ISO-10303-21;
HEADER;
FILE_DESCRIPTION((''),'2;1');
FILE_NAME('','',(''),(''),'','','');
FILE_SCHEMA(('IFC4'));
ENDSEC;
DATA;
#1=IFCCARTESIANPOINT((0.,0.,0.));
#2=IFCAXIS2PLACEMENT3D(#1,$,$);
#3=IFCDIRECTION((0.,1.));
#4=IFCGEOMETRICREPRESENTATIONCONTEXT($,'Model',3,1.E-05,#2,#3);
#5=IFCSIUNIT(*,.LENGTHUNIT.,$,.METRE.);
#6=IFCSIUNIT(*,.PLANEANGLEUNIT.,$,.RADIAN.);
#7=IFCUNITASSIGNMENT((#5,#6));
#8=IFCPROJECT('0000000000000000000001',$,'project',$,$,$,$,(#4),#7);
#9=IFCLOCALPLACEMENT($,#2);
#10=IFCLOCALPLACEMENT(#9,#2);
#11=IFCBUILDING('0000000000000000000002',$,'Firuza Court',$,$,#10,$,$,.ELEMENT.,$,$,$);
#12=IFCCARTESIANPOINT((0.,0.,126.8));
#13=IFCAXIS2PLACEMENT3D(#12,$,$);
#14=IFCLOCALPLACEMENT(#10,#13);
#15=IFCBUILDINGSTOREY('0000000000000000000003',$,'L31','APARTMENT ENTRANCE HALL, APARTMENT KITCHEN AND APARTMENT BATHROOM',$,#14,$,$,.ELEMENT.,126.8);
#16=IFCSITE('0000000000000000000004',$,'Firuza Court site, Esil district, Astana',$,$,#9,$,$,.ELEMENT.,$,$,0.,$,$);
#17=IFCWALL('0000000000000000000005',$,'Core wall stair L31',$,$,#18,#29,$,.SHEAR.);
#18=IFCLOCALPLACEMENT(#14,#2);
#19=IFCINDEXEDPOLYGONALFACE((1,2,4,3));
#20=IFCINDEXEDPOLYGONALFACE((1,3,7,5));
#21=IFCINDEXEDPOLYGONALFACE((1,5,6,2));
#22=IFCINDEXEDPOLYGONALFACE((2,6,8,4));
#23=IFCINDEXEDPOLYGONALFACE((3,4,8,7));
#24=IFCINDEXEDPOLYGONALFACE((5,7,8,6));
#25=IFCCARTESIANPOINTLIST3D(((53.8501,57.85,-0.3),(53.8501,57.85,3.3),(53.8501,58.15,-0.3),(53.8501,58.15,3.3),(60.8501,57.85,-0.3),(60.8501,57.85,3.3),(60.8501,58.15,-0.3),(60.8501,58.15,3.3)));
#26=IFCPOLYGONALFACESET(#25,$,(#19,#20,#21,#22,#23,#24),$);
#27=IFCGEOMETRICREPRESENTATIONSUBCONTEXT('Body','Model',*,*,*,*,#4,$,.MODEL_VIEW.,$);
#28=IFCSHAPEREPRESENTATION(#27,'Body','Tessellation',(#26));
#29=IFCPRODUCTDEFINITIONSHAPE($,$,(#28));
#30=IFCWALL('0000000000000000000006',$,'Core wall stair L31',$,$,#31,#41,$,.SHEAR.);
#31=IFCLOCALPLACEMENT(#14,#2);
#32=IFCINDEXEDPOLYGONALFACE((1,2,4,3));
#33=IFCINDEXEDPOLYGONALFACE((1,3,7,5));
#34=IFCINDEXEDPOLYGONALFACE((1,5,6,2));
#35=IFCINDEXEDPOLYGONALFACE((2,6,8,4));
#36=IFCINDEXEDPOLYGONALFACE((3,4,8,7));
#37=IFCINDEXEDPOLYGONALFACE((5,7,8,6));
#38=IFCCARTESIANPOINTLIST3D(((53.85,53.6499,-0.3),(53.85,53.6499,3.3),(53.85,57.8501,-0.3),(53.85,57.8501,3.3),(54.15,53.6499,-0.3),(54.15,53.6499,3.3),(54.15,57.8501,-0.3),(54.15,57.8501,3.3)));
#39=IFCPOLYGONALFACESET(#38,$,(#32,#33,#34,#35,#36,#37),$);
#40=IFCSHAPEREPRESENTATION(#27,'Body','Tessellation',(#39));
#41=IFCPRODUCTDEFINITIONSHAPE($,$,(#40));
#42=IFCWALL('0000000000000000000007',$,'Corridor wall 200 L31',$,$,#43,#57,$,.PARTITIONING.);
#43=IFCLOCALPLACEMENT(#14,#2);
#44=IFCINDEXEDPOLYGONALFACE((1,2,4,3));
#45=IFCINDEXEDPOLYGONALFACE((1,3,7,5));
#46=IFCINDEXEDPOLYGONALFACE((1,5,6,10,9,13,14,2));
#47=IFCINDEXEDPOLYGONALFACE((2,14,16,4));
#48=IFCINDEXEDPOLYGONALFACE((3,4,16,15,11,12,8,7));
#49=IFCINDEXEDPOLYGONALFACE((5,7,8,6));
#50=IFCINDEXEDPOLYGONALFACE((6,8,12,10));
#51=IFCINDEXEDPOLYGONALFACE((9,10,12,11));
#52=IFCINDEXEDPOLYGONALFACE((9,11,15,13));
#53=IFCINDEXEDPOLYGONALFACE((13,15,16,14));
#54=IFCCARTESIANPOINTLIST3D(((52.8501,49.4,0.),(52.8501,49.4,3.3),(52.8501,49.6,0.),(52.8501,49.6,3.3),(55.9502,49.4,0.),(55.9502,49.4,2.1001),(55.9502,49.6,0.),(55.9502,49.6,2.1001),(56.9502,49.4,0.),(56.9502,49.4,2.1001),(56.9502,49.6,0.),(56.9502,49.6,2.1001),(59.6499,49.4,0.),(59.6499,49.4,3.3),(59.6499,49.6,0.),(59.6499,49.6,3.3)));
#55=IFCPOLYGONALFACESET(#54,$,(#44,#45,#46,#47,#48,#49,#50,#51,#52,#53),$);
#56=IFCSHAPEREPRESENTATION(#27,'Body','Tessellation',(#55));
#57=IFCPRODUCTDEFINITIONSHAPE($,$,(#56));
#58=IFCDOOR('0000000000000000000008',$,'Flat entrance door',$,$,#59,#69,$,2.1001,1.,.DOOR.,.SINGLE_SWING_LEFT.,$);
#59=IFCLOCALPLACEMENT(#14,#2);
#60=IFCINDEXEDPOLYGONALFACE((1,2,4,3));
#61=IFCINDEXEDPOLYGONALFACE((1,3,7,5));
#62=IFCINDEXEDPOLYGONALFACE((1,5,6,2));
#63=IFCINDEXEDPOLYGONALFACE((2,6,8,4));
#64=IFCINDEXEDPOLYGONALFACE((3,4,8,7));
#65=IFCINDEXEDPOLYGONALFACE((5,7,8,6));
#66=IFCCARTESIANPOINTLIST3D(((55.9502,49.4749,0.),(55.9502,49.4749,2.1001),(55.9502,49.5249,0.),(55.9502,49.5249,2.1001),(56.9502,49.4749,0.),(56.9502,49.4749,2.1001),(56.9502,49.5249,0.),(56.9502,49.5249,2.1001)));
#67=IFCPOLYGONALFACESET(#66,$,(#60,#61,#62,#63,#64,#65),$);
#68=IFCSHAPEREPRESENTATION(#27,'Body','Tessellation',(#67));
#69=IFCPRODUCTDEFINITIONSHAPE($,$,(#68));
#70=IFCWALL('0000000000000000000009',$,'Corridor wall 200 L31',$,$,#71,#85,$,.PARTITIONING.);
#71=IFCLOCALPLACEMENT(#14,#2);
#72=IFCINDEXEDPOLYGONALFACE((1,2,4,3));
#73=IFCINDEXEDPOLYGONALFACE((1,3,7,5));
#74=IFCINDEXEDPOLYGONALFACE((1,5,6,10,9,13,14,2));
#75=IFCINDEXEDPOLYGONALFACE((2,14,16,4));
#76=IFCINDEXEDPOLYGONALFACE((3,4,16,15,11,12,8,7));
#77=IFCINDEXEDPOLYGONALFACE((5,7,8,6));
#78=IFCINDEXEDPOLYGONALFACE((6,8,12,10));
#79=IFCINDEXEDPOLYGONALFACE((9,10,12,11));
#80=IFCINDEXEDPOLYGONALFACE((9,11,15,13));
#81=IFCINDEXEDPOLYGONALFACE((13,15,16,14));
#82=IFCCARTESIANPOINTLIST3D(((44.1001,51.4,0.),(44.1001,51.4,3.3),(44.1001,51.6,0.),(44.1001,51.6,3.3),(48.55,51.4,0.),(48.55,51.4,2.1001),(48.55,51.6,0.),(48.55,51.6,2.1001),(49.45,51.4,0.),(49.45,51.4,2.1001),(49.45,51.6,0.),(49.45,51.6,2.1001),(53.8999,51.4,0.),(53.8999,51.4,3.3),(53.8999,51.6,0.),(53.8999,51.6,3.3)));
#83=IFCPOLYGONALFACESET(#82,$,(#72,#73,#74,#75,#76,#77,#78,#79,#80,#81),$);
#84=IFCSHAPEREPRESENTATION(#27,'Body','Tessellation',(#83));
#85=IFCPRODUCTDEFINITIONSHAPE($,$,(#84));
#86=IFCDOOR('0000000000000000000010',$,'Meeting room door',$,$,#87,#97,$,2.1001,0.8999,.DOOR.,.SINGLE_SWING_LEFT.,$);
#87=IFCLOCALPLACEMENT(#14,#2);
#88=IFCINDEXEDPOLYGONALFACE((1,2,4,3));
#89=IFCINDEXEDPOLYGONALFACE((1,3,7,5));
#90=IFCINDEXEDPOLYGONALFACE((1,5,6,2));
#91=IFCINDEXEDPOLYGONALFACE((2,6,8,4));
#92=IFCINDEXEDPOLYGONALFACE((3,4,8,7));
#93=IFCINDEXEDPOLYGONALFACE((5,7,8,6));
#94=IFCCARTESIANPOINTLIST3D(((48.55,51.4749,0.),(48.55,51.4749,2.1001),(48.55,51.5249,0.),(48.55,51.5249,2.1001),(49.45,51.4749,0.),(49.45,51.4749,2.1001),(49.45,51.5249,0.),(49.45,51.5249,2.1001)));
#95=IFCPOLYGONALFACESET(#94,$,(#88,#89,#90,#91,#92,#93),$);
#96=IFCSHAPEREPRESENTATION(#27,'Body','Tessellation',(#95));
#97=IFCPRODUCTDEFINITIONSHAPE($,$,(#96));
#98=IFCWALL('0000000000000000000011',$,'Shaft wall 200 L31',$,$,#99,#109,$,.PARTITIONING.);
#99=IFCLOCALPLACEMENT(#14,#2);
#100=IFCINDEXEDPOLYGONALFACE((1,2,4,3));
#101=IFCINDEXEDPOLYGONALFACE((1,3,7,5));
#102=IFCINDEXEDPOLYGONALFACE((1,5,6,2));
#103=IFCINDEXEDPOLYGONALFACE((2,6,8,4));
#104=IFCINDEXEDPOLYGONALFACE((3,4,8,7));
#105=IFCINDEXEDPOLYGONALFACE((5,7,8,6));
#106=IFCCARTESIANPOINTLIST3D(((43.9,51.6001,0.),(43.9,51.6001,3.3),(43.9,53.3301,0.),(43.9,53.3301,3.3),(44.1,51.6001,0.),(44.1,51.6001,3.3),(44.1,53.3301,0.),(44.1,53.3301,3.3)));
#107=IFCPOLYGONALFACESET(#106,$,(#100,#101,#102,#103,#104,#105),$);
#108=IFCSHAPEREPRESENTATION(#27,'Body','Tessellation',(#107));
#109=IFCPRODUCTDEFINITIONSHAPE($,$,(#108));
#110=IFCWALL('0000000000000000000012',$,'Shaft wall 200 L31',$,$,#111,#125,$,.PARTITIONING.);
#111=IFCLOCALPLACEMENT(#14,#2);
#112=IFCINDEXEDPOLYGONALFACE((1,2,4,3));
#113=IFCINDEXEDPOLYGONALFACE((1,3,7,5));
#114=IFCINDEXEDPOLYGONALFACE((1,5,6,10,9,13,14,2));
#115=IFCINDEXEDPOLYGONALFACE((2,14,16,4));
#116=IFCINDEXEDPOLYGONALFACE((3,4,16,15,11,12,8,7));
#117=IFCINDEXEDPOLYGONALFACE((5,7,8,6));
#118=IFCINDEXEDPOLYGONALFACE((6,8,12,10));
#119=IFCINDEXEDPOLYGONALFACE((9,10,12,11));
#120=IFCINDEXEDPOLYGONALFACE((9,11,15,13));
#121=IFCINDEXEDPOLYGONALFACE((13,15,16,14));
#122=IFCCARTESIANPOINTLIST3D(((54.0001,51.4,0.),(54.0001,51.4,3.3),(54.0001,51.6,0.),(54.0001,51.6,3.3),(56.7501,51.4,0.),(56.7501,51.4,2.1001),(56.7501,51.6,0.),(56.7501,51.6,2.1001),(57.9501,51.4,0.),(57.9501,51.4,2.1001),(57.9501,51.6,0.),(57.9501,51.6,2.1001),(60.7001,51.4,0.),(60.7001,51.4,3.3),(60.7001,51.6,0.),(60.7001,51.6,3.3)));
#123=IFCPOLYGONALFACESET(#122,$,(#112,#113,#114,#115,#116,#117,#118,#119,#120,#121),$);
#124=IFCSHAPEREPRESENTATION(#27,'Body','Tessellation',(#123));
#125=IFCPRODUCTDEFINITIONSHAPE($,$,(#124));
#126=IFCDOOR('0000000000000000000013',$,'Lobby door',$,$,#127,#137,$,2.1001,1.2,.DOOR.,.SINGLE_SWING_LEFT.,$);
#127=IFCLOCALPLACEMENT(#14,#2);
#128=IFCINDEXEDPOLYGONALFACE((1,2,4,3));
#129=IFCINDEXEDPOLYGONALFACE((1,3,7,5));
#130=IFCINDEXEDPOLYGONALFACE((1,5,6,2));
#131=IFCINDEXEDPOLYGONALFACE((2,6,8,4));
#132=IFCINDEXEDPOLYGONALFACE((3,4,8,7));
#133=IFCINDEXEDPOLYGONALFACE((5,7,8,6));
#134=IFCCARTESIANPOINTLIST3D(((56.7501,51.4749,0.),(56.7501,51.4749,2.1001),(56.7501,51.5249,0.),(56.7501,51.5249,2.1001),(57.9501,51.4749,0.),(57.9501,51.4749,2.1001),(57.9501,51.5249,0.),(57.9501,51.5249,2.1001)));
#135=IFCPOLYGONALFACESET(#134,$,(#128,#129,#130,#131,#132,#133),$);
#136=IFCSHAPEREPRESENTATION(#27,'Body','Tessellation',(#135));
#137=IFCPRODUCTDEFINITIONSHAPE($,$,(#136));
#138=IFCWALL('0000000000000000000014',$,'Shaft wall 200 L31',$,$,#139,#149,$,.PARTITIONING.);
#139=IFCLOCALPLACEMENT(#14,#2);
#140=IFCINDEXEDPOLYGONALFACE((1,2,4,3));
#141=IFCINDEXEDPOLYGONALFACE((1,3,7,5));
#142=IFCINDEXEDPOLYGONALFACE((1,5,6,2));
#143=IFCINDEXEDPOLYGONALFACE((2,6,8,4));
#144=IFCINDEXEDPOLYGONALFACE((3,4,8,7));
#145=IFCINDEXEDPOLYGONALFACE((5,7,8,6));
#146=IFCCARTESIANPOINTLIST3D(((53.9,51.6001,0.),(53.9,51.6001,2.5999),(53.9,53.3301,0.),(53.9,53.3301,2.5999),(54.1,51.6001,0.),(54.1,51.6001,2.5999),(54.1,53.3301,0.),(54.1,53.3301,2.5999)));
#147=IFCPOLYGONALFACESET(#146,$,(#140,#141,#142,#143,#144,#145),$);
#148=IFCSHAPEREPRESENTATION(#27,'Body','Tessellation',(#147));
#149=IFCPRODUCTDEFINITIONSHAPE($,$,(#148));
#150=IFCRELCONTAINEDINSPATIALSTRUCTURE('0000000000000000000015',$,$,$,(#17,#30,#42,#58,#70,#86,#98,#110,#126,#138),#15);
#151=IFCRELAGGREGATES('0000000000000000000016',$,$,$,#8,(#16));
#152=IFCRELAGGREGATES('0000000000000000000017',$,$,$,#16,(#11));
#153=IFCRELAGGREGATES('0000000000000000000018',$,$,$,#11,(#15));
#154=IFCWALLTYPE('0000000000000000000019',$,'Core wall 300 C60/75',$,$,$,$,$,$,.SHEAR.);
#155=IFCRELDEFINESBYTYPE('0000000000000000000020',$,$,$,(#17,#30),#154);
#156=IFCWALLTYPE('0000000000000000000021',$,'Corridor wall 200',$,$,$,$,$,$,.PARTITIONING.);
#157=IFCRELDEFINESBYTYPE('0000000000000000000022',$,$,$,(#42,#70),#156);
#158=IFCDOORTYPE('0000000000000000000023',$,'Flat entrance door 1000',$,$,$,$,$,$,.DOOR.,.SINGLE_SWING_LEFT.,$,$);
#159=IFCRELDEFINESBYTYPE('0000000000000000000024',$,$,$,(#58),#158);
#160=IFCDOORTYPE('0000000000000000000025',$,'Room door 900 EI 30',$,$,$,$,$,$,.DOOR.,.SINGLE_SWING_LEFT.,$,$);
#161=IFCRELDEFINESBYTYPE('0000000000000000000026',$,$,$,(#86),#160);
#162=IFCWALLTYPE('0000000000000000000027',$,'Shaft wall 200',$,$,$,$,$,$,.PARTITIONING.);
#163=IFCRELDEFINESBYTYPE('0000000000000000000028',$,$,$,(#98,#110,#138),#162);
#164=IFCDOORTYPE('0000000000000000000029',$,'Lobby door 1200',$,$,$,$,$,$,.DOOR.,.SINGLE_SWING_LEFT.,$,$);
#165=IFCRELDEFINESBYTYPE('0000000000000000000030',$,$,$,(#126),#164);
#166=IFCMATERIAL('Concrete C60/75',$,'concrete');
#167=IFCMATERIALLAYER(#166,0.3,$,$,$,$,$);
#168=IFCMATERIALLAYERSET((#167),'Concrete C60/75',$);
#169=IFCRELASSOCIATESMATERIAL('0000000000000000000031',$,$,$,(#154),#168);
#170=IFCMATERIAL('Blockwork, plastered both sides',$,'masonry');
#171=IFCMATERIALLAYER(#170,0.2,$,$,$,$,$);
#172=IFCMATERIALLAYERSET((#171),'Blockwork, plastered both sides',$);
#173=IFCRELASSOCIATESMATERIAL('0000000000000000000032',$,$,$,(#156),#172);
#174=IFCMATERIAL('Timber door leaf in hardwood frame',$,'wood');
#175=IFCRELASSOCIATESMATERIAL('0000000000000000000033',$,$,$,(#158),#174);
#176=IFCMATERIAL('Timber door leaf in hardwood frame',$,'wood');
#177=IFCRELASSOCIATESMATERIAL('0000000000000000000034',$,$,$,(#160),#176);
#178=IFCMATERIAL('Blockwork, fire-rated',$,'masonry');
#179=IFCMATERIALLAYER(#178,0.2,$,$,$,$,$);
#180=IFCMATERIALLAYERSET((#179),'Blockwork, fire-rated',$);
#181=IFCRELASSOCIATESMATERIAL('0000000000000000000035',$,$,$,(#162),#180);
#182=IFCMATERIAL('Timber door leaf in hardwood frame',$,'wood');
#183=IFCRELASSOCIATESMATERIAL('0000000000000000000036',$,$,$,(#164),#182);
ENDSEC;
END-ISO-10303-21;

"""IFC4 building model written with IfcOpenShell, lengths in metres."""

from ifc_helpers import new_model, si_unit, direction, frame, frame_2d, origin, place, context, subcontext, project, spatial, rectangle, extrude, material, layer, layer_set, type_object, element, fill, save


model = new_model("IFC4")

# Units and contexts
model_context = context("Model", 3, precision=1e-05, world=origin(), true_north=direction((0.0, 1.0)))
body_context = subcontext(model_context, "Body", "Model", "MODEL_VIEW")
ifc_project = project(units=[si_unit("LENGTHUNIT", "METRE"), si_unit("PLANEANGLEUNIT", "RADIAN")], contexts=[model_context])

# Site, building, storey
site_placement = place(None, origin())
site = spatial("IfcSite", under=ifc_project, at=site_placement, Name="Firuza Court site, Esil district, Astana", CompositionType="ELEMENT", RefElevation=0.0)
building_placement = place(site_placement, origin())
building = spatial("IfcBuilding", under=site, at=building_placement, Name="Firuza Court", CompositionType="ELEMENT")
storey_placement = place(building_placement, frame((0.0, 0.0, 126.8)))
storey = spatial("IfcBuildingStorey", under=building, at=storey_placement, Name="L31", Description="APARTMENT ENTRANCE HALL, APARTMENT KITCHEN AND APARTMENT BATHROOM", CompositionType="ELEMENT", Elevation=126.8)

# Shared definitions
ifc_material_1 = material(Name="Concrete C60/75", Category="concrete")
ifc_layer_1 = layer(ifc_material_1, 0.3)
ifc_layer_set_1 = layer_set([ifc_layer_1], Name="Concrete C60/75")
wall_type_1 = type_object("IfcWallType", Name="Core wall 300 C60/75", PredefinedType="SHEAR", material=ifc_layer_set_1)

# Walls
wall_1_placement = place(storey_placement, frame((53.8501, 58.0, -0.3), z_axis=(0.0, 0.0, 1.0), x_axis=(1.0, 0.0, 0.0)))
element("IfcWall", 1, at=wall_1_placement, inside=storey, type_object=wall_type_1, Name="Core wall stair L31", PredefinedType="SHEAR", context=body_context, shape_type="SweptSolid", body=[
    extrude(rectangle(XDim=7.0, YDim=0.3, at=frame_2d((3.5, 0.0))), origin(), (0.0, 0.0, 1.0), 3.6001),
])
wall_2_placement = place(storey_placement, frame((54.0, 53.6499, -0.3), z_axis=(0.0, 0.0, 1.0), x_axis=(0.0, 1.0, 0.0)))
element("IfcWall", 2, at=wall_2_placement, inside=storey, type_object=wall_type_1, Name="Core wall stair L31", PredefinedType="SHEAR", context=body_context, shape_type="SweptSolid", body=[
    extrude(rectangle(XDim=4.2002, YDim=0.3, at=frame_2d((2.1001, 0.0))), origin(), (0.0, 0.0, 1.0), 3.6001),
])

# Walls, openings, doors
ifc_material_2 = material(Name="Blockwork, plastered both sides", Category="masonry")
ifc_layer_2 = layer(ifc_material_2, 0.2)
ifc_layer_set_2 = layer_set([ifc_layer_2], Name="Blockwork, plastered both sides")
wall_type_2 = type_object("IfcWallType", Name="Corridor wall 200", PredefinedType="PARTITIONING", material=ifc_layer_set_2)
wall_3_placement = place(storey_placement, frame((52.8501, 49.5, 0.0), z_axis=(0.0, 0.0, 1.0), x_axis=(1.0, 0.0, 0.0)))
wall_3 = element("IfcWall", 3, at=wall_3_placement, inside=storey, type_object=wall_type_2, Name="Corridor wall 200 L31", PredefinedType="PARTITIONING", context=body_context, shape_type="SweptSolid", body=[
    extrude(rectangle(XDim=6.7998, YDim=0.2, at=frame_2d((3.3999, 0.0))), origin(), (0.0, 0.0, 1.0), 3.3),
])
opening_1_placement = place(wall_3_placement, frame((3.1001, 0.0, 0.0)))
opening_1 = element("IfcOpeningElement", 4, at=opening_1_placement, cuts=wall_3, PredefinedType="OPENING", context=body_context, shape_type="SweptSolid", body=[
    extrude(rectangle(XDim=1.0, YDim=2.1001, at=frame_2d((0.5, 1.05))), frame((0.0, 0.1118, 0.0), z_axis=(0.0, -1.0, 0.0), x_axis=(1.0, 0.0, 0.0)), (0.0, 0.0, 1.0), 0.2239),
])
ifc_material_3 = material(Name="Timber door leaf in hardwood frame", Category="wood")
door_type_1 = type_object("IfcDoorType", Name="Flat entrance door 1000", OperationType="SINGLE_SWING_LEFT", PredefinedType="DOOR", material=ifc_material_3)
door_1_placement = place(opening_1_placement, origin())
door_1 = element("IfcDoor", 5, at=door_1_placement, inside=storey, type_object=door_type_1, Name="Flat entrance door", OperationType="SINGLE_SWING_LEFT", OverallHeight=2.1001, OverallWidth=1.0, PredefinedType="DOOR", context=body_context, shape_type="SweptSolid", body=[
    extrude(rectangle(XDim=1.0, YDim=2.1001, at=frame_2d((0.5, 1.05))), frame((0.0, 0.0249, 0.0), z_axis=(0.0, -1.0, 0.0), x_axis=(1.0, 0.0, 0.0)), (0.0, 0.0, 1.0), 0.05),
])
fill(opening_1, door_1)
wall_4_placement = place(storey_placement, frame((44.1001, 51.5, 0.0), z_axis=(0.0, 0.0, 1.0), x_axis=(1.0, 0.0, 0.0)))
wall_4 = element("IfcWall", 6, at=wall_4_placement, inside=storey, type_object=wall_type_2, Name="Corridor wall 200 L31", PredefinedType="PARTITIONING", context=body_context, shape_type="SweptSolid", body=[
    extrude(rectangle(XDim=9.7998, YDim=0.2, at=frame_2d((4.8999, 0.0))), origin(), (0.0, 0.0, 1.0), 3.3),
])
opening_2_placement = place(wall_4_placement, frame((4.45, 0.0, 0.0)))
opening_2 = element("IfcOpeningElement", 7, at=opening_2_placement, cuts=wall_4, PredefinedType="OPENING", context=body_context, shape_type="SweptSolid", body=[
    extrude(rectangle(XDim=0.8999, YDim=2.1001, at=frame_2d((0.45, 1.05))), frame((0.0, 0.1118, 0.0), z_axis=(0.0, -1.0, 0.0), x_axis=(1.0, 0.0, 0.0)), (0.0, 0.0, 1.0), 0.2239),
])
ifc_material_4 = material(Name="Timber door leaf in hardwood frame", Category="wood")
door_type_2 = type_object("IfcDoorType", Name="Room door 900 EI 30", OperationType="SINGLE_SWING_LEFT", PredefinedType="DOOR", material=ifc_material_4)
door_2_placement = place(opening_2_placement, origin())
door_2 = element("IfcDoor", 8, at=door_2_placement, inside=storey, type_object=door_type_2, Name="Meeting room door", OperationType="SINGLE_SWING_LEFT", OverallHeight=2.1001, OverallWidth=0.8999, PredefinedType="DOOR", context=body_context, shape_type="SweptSolid", body=[
    extrude(rectangle(XDim=0.8999, YDim=2.1001, at=frame_2d((0.45, 1.05))), frame((0.0, 0.0249, 0.0), z_axis=(0.0, -1.0, 0.0), x_axis=(1.0, 0.0, 0.0)), (0.0, 0.0, 1.0), 0.05),
])
fill(opening_2, door_2)

# Wall
ifc_material_5 = material(Name="Blockwork, fire-rated", Category="masonry")
ifc_layer_3 = layer(ifc_material_5, 0.2)
ifc_layer_set_3 = layer_set([ifc_layer_3], Name="Blockwork, fire-rated")
wall_type_3 = type_object("IfcWallType", Name="Shaft wall 200", PredefinedType="PARTITIONING", material=ifc_layer_set_3)
wall_5_placement = place(storey_placement, frame((44.0, 51.6001, 0.0), z_axis=(0.0, 0.0, 1.0), x_axis=(0.0, 1.0, 0.0)))
element("IfcWall", 9, at=wall_5_placement, inside=storey, type_object=wall_type_3, Name="Shaft wall 200 L31", PredefinedType="PARTITIONING", context=body_context, shape_type="SweptSolid", body=[
    extrude(rectangle(XDim=1.73, YDim=0.2, at=frame_2d((0.865, 0.0))), origin(), (0.0, 0.0, 1.0), 3.3),
])

# Wall, opening, door
wall_6_placement = place(storey_placement, frame((54.0, 51.5, 0.0), z_axis=(0.0, 0.0, 1.0), x_axis=(1.0, 0.0, 0.0)))
wall_6 = element("IfcWall", 10, at=wall_6_placement, inside=storey, type_object=wall_type_3, Name="Shaft wall 200 L31", PredefinedType="PARTITIONING", context=body_context, shape_type="SweptSolid", body=[
    extrude(rectangle(XDim=6.7, YDim=0.2, at=frame_2d((3.3501, 0.0))), origin(), (0.0, 0.0, 1.0), 3.3),
])
opening_3_placement = place(wall_6_placement, frame((2.75, 0.0, 0.0)))
opening_3 = element("IfcOpeningElement", 11, at=opening_3_placement, cuts=wall_6, PredefinedType="OPENING", context=body_context, shape_type="SweptSolid", body=[
    extrude(rectangle(XDim=1.2, YDim=2.1001, at=frame_2d((0.6001, 1.05))), frame((0.0, 0.1118, 0.0), z_axis=(0.0, -1.0, 0.0), x_axis=(1.0, 0.0, 0.0)), (0.0, 0.0, 1.0), 0.2239),
])
ifc_material_6 = material(Name="Timber door leaf in hardwood frame", Category="wood")
door_type_3 = type_object("IfcDoorType", Name="Lobby door 1200", OperationType="SINGLE_SWING_LEFT", PredefinedType="DOOR", material=ifc_material_6)
door_3_placement = place(opening_3_placement, origin())
door_3 = element("IfcDoor", 12, at=door_3_placement, inside=storey, type_object=door_type_3, Name="Lobby door", OperationType="SINGLE_SWING_LEFT", OverallHeight=2.1001, OverallWidth=1.2, PredefinedType="DOOR", context=body_context, shape_type="SweptSolid", body=[
    extrude(rectangle(XDim=1.2, YDim=2.1001, at=frame_2d((0.6001, 1.05))), frame((0.0, 0.0249, 0.0), z_axis=(0.0, -1.0, 0.0), x_axis=(1.0, 0.0, 0.0)), (0.0, 0.0, 1.0), 0.05),
])
fill(opening_3, door_3)

# Wall
wall_7_placement = place(storey_placement, frame((54.0, 51.6001, 0.0), z_axis=(0.0, 0.0, 1.0), x_axis=(0.0, 1.0, 0.0)))
element("IfcWall", 13, at=wall_7_placement, inside=storey, type_object=wall_type_3, Name="Shaft wall 200 L31", PredefinedType="PARTITIONING", context=body_context, shape_type="SweptSolid", body=[
    extrude(rectangle(XDim=1.73, YDim=0.2, at=frame_2d((0.865, 0.0))), origin(), (0.0, 0.0, 1.0), 2.5999),
])

save(model, "model.ifc")
